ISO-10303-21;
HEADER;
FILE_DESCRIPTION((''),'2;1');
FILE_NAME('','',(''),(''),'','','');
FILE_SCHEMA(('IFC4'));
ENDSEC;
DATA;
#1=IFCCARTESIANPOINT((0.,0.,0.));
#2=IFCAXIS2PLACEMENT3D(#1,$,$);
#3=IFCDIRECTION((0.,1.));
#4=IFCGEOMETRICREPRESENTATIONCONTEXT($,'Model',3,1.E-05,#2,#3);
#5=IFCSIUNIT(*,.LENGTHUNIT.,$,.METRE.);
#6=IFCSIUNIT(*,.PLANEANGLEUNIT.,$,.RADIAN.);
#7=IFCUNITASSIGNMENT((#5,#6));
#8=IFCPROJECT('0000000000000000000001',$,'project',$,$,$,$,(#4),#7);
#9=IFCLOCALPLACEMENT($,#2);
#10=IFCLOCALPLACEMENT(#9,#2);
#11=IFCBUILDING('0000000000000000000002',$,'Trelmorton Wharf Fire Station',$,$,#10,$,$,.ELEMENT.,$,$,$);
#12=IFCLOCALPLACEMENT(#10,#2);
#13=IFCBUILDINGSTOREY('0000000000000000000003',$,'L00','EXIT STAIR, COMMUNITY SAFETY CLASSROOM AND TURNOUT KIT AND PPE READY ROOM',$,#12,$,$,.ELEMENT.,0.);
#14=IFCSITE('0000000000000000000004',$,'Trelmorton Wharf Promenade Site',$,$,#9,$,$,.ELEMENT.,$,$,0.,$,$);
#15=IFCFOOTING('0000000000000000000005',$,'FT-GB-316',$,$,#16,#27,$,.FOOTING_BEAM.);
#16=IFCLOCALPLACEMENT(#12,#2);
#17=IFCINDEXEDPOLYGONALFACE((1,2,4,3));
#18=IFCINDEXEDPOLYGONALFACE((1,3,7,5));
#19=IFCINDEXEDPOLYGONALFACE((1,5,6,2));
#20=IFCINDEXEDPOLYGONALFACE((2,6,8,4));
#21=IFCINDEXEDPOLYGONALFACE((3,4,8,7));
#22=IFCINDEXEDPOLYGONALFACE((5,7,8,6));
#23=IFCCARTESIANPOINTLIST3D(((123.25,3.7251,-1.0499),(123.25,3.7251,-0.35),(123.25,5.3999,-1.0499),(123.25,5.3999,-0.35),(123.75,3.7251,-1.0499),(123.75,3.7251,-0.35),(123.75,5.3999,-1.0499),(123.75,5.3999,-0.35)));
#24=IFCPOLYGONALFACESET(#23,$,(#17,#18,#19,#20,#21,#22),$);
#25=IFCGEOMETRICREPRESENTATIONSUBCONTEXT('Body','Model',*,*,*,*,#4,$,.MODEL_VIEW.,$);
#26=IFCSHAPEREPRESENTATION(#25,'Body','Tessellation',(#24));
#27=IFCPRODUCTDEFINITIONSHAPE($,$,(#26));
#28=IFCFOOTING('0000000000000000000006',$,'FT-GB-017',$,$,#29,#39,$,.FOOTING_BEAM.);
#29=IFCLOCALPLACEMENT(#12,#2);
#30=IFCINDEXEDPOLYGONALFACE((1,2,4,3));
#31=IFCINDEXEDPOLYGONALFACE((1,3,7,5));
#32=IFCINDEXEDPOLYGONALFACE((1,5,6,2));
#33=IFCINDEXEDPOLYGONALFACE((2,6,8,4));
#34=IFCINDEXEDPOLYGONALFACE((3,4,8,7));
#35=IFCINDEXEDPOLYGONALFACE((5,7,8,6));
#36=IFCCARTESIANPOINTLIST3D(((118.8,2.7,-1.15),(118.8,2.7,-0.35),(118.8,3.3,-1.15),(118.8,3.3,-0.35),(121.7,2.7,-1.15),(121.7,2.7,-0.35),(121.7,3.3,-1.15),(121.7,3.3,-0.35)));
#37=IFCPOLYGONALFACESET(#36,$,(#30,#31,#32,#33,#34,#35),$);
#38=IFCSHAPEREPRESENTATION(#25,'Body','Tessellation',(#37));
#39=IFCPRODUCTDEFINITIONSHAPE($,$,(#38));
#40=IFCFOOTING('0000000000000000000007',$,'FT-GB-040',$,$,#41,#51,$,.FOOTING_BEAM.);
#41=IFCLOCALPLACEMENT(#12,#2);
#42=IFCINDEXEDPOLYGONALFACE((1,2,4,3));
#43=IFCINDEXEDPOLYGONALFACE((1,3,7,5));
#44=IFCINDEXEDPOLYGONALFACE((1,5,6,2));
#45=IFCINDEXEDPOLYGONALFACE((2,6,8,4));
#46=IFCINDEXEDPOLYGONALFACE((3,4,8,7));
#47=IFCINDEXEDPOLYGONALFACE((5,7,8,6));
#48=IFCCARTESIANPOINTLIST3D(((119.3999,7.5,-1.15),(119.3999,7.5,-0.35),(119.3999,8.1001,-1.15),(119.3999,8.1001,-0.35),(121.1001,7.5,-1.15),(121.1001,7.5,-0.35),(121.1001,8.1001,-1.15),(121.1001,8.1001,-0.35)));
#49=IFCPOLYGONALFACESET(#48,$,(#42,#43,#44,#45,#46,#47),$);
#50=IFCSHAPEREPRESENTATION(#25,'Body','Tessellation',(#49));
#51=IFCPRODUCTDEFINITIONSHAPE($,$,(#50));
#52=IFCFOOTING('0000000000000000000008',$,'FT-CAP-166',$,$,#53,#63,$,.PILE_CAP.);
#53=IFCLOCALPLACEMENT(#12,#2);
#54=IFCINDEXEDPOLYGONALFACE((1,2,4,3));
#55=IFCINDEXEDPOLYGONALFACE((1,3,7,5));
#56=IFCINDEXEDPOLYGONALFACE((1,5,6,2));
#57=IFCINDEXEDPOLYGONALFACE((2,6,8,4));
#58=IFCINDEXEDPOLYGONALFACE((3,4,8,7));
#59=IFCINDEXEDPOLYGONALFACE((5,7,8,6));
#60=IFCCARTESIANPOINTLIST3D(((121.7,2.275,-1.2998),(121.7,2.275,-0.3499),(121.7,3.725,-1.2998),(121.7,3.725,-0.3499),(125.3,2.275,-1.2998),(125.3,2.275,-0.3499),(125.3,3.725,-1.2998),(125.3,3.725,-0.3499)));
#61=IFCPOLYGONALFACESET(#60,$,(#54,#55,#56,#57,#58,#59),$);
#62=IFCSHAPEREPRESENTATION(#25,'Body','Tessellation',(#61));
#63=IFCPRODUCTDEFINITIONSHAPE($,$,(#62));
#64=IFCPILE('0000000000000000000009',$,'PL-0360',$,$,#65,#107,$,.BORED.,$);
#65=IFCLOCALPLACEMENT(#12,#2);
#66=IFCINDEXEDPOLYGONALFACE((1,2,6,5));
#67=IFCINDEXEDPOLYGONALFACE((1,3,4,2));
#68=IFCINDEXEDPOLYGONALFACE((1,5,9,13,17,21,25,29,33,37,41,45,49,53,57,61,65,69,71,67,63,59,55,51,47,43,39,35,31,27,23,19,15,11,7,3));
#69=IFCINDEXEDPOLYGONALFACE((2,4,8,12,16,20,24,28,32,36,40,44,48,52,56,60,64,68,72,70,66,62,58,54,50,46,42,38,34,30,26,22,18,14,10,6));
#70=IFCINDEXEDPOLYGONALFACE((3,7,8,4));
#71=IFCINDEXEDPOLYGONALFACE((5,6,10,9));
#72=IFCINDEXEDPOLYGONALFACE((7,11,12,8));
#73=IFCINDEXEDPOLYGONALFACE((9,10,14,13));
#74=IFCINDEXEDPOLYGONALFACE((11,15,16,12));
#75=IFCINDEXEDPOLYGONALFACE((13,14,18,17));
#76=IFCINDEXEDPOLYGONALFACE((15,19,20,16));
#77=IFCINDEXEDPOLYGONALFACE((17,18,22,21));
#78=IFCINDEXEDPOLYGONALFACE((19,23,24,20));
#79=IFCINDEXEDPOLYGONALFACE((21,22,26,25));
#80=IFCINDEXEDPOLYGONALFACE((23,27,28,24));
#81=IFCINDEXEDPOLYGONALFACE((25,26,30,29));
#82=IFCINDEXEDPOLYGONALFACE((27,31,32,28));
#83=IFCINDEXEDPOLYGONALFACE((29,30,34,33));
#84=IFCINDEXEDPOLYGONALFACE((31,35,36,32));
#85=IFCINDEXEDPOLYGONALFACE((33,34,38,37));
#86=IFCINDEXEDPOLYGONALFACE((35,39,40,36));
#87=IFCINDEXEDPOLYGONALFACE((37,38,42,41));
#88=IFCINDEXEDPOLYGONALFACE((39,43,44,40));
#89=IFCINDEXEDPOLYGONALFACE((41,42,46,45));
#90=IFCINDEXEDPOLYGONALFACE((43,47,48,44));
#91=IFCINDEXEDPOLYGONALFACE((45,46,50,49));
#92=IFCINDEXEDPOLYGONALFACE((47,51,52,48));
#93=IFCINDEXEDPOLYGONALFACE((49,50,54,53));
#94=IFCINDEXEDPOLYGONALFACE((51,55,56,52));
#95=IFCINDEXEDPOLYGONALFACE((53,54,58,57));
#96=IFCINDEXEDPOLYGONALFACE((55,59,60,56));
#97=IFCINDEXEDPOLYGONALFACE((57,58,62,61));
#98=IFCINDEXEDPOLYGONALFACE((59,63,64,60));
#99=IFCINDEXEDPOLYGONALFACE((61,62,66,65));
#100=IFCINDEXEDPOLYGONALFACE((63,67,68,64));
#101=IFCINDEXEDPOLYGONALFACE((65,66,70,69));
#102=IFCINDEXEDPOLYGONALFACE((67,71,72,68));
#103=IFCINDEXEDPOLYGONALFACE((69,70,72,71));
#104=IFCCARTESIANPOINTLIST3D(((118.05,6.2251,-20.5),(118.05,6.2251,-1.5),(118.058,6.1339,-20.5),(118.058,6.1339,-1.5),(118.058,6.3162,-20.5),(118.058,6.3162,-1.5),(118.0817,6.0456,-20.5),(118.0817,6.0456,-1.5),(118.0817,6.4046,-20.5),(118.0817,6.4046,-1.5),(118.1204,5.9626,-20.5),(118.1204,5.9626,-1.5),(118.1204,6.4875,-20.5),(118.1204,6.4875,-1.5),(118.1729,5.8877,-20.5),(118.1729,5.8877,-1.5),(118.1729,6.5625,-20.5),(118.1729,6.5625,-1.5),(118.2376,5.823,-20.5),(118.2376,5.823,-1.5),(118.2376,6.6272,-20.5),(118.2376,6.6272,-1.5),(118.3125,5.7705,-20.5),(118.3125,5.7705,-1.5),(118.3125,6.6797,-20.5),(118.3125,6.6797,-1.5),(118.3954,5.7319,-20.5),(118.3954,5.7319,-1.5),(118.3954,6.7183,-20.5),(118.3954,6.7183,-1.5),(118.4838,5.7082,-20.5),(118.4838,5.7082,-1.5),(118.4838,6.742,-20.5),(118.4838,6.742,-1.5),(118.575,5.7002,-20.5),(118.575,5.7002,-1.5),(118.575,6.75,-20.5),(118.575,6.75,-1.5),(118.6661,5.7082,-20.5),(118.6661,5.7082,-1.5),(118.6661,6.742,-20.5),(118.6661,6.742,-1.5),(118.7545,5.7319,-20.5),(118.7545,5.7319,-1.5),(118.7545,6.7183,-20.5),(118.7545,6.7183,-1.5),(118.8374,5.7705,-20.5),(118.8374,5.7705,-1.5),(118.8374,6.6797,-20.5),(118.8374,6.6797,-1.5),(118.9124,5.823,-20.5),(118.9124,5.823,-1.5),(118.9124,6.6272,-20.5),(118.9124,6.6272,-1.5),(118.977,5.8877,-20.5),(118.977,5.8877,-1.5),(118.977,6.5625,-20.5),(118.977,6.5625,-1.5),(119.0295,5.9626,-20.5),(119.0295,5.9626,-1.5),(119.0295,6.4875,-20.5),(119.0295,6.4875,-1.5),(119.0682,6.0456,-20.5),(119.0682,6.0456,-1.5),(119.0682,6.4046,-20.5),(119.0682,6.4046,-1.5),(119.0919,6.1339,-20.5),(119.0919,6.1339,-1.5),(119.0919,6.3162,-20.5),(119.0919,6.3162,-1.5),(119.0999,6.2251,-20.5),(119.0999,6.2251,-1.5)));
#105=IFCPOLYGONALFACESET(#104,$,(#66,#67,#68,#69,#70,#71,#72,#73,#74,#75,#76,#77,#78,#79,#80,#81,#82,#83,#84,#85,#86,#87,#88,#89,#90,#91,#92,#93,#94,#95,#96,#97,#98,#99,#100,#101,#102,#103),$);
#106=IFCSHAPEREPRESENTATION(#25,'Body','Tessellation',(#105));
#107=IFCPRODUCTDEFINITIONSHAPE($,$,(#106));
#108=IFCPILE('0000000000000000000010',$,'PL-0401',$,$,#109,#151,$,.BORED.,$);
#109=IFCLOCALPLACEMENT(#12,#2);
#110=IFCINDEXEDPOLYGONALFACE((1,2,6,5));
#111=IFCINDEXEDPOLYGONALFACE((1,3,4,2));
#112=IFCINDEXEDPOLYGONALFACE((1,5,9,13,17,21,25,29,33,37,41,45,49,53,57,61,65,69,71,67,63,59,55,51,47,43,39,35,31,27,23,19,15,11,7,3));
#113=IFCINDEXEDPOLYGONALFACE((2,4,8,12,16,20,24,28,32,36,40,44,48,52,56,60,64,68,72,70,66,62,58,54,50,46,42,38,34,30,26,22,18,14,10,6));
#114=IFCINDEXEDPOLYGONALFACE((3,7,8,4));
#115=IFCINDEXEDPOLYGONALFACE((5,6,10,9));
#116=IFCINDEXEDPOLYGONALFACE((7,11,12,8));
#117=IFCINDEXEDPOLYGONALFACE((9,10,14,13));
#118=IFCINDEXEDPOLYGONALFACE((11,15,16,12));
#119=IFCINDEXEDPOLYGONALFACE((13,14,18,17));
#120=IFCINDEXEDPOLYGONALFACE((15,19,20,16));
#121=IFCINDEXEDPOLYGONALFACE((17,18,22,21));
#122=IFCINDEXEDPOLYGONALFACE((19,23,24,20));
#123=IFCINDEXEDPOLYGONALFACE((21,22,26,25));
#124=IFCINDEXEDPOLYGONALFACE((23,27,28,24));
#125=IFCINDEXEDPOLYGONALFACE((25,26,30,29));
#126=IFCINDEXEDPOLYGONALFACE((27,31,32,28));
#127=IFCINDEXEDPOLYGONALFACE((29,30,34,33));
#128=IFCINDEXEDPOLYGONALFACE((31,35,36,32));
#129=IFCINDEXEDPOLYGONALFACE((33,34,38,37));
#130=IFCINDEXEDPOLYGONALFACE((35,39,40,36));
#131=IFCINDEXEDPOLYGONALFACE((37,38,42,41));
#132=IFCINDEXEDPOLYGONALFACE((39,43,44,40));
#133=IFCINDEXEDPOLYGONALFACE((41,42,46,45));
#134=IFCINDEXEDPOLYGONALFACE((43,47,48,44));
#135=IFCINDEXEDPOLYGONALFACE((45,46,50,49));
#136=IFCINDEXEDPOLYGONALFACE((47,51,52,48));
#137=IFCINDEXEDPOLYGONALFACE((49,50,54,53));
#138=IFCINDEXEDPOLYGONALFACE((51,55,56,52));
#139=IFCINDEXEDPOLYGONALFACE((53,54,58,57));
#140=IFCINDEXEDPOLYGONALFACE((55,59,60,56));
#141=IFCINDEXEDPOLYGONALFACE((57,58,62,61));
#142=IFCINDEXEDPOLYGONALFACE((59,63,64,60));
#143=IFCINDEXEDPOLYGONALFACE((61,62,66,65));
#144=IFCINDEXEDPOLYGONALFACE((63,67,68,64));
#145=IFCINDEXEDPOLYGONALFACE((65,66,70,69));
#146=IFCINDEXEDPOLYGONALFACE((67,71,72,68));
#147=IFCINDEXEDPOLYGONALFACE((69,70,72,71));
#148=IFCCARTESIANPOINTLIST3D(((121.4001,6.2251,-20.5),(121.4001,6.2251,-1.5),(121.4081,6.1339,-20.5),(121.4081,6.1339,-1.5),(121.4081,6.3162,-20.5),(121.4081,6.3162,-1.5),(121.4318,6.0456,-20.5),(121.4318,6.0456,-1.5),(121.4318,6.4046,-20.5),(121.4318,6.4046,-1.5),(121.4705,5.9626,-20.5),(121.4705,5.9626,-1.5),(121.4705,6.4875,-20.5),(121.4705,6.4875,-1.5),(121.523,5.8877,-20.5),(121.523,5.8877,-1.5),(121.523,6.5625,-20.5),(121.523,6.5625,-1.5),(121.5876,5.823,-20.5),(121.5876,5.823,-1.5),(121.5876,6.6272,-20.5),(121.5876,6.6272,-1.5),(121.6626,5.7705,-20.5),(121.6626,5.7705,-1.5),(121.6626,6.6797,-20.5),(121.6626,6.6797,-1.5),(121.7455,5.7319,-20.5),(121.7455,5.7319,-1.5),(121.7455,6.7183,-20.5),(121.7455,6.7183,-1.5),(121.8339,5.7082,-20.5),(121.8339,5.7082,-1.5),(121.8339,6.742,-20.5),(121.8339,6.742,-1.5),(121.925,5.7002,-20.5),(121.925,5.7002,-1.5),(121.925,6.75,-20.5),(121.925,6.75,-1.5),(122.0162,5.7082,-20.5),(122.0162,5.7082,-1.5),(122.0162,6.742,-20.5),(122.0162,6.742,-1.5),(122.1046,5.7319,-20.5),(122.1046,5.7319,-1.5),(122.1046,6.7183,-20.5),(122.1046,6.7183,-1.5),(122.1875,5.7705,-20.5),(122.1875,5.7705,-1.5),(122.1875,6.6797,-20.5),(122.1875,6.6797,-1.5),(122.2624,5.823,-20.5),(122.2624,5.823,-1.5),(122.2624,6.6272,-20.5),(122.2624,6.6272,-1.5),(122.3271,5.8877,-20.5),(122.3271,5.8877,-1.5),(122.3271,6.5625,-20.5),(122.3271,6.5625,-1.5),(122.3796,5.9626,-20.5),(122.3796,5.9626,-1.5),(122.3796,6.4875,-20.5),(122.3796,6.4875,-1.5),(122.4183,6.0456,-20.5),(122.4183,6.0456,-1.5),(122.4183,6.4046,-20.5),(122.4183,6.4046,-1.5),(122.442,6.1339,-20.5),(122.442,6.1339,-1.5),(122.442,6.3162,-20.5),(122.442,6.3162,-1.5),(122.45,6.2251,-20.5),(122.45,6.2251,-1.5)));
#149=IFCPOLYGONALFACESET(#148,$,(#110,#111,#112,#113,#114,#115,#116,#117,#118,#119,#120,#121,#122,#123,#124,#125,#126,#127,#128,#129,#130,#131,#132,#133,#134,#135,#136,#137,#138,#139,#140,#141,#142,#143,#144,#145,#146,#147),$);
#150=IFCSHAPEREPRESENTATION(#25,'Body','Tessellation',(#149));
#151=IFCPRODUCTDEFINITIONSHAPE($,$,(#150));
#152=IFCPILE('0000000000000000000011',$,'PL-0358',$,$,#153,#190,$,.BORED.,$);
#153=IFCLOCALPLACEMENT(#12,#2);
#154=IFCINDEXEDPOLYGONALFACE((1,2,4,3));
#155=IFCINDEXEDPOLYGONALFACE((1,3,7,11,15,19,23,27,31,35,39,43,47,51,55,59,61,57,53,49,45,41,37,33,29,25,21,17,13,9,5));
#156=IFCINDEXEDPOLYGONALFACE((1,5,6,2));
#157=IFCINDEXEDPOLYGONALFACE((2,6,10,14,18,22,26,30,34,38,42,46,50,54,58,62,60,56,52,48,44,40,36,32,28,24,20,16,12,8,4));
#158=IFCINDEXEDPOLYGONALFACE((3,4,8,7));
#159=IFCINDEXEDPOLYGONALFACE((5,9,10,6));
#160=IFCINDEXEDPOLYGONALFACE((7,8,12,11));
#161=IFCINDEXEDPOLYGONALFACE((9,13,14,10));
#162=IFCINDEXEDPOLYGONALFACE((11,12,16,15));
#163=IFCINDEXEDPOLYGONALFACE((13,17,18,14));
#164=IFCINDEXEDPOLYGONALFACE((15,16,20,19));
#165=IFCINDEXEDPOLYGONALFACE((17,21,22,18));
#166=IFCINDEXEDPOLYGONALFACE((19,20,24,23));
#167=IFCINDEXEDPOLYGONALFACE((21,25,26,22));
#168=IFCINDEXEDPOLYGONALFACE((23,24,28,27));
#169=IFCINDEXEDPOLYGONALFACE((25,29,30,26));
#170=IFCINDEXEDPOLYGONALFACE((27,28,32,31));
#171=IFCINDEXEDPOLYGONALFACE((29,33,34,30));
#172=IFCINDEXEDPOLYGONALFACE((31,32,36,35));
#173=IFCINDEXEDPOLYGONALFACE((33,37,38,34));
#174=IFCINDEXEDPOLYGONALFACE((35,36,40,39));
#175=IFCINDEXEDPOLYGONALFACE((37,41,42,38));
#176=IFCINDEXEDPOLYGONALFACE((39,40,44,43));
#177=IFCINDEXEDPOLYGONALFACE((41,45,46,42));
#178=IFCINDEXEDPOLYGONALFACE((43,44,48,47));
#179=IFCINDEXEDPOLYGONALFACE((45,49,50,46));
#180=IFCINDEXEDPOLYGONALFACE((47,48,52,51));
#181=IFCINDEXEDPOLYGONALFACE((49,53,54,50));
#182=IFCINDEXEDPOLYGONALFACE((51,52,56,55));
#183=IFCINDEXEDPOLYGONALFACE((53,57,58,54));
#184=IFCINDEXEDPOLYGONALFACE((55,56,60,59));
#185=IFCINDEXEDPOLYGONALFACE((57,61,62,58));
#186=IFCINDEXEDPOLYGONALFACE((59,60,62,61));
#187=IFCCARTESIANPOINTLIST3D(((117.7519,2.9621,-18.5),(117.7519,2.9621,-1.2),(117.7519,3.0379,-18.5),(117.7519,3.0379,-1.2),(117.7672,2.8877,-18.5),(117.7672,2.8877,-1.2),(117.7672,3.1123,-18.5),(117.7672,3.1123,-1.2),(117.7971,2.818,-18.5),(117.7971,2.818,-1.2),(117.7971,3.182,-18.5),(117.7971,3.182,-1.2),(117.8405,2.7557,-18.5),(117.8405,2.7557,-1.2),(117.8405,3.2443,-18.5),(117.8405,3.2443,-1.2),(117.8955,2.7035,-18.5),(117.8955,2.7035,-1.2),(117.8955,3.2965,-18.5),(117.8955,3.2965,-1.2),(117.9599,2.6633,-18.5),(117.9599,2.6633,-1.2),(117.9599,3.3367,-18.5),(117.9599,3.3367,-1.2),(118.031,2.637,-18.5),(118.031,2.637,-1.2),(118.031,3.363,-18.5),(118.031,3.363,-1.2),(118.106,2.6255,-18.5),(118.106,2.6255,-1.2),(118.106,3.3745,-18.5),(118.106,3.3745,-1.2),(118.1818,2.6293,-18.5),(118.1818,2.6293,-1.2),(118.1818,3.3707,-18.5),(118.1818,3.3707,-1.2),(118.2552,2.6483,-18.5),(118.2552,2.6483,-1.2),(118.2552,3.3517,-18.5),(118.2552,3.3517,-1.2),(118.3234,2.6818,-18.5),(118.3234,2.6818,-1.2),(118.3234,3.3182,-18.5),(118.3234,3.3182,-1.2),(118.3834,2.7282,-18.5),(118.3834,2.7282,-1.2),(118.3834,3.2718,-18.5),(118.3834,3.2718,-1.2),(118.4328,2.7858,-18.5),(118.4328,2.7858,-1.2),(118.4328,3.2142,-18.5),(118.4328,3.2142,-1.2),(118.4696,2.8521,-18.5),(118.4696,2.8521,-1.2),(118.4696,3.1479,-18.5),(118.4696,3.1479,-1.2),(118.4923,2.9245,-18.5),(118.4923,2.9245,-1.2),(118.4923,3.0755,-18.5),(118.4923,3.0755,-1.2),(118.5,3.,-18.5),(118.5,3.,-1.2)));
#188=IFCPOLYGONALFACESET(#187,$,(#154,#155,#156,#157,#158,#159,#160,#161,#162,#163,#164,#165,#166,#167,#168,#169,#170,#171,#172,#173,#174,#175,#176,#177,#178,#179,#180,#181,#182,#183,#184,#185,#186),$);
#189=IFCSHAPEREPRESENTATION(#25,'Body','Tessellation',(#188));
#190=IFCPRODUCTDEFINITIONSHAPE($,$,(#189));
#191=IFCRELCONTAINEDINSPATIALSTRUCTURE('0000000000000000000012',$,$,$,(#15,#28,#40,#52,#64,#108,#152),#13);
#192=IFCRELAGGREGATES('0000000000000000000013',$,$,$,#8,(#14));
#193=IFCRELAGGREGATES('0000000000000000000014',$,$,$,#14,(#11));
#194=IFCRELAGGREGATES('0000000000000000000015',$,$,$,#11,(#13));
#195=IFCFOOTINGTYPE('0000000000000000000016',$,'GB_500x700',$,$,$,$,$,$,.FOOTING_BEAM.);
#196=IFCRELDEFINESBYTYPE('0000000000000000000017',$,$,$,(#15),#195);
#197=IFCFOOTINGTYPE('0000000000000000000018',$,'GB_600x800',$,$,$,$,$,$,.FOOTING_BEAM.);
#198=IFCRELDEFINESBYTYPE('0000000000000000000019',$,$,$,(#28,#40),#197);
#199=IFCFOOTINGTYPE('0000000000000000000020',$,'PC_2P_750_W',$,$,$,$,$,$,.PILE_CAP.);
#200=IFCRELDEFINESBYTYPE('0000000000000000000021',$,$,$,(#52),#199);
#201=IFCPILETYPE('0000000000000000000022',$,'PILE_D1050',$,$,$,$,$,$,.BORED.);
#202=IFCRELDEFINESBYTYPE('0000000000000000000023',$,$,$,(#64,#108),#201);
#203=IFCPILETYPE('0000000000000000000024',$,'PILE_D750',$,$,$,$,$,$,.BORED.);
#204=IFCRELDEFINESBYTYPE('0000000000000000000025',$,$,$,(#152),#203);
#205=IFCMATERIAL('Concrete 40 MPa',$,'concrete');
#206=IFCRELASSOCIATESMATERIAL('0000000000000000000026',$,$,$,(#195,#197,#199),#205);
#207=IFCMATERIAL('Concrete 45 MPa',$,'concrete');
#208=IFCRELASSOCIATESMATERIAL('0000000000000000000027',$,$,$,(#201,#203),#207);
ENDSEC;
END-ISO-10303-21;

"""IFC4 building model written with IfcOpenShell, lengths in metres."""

from ifc_helpers import new_model, si_unit, direction, frame, origin, origin_2d, place, context, subcontext, project, spatial, rectangle, circle, extrude, material, material_profile, profile_set, type_object, element, save


model = new_model("IFC4")

# Units and contexts
model_context = context("Model", 3, precision=1e-05, world=origin(), true_north=direction((0.0, 1.0)))
body_context = subcontext(model_context, "Body", "Model", "MODEL_VIEW")
ifc_project = project(units=[si_unit("LENGTHUNIT", "METRE"), si_unit("PLANEANGLEUNIT", "RADIAN")], contexts=[model_context])

# Site, building, storey
site_placement = place(None, origin())
site = spatial("IfcSite", under=ifc_project, at=site_placement, Name="Trelmorton Wharf Promenade Site", CompositionType="ELEMENT", RefElevation=0.0)
building_placement = place(site_placement, origin())
building = spatial("IfcBuilding", under=site, at=building_placement, Name="Trelmorton Wharf Fire Station", CompositionType="ELEMENT")
storey_placement = place(building_placement, origin())
storey = spatial("IfcBuildingStorey", under=building, at=storey_placement, Name="L00", Description="EXIT STAIR, COMMUNITY SAFETY CLASSROOM AND TURNOUT KIT AND PPE READY ROOM", CompositionType="ELEMENT", Elevation=0.0)

# Footings
ifc_material_1 = material(Name="Concrete 40 MPa", Category="concrete")
ifc_material_profile_1 = material_profile(ifc_material_1, rectangle(XDim=0.5, YDim=0.7, at=origin_2d()), Name="RC500x700")
ifc_profile_set_1 = profile_set([ifc_material_profile_1], Name="Concrete 40 MPa")
footing_type_1 = type_object("IfcFootingType", Name="GB_500x700", PredefinedType="FOOTING_BEAM", material=ifc_profile_set_1)
footing_1_placement = place(storey_placement, frame((123.5, 3.7251, -0.7), z_axis=(0.0, 1.0, 0.0), x_axis=(-1.0, 0.0, 0.0)))
element("IfcFooting", 1, at=footing_1_placement, inside=storey, type_object=footing_type_1, Name="FT-GB-316", PredefinedType="FOOTING_BEAM", context=body_context, shape_type="SweptSolid", body=[
    extrude(rectangle(XDim=0.5, YDim=0.7, at=origin_2d()), origin(), (0.0, 0.0, 1.0), 1.6748),
])
ifc_material_profile_2 = material_profile(ifc_material_1, rectangle(XDim=0.6001, YDim=0.8, at=origin_2d()), Name="RC600x800")
ifc_profile_set_2 = profile_set([ifc_material_profile_2], Name="Concrete 40 MPa")
footing_type_2 = type_object("IfcFootingType", Name="GB_600x800", PredefinedType="FOOTING_BEAM", material=ifc_profile_set_2)
footing_2_placement = place(storey_placement, frame((118.8, 3.0, -0.75), z_axis=(1.0, 0.0, 0.0), x_axis=(0.0, 1.0, 0.0)))
element("IfcFooting", 2, at=footing_2_placement, inside=storey, type_object=footing_type_2, Name="FT-GB-017", PredefinedType="FOOTING_BEAM", context=body_context, shape_type="SweptSolid", body=[
    extrude(rectangle(XDim=0.6001, YDim=0.8, at=origin_2d()), origin(), (0.0, 0.0, 1.0), 2.8999),
])
footing_3_placement = place(storey_placement, frame((119.3999, 7.8, -0.75), z_axis=(1.0, 0.0, 0.0), x_axis=(0.0, 1.0, 0.0)))
element("IfcFooting", 3, at=footing_3_placement, inside=storey, type_object=footing_type_2, Name="FT-GB-040", PredefinedType="FOOTING_BEAM", context=body_context, shape_type="SweptSolid", body=[
    extrude(rectangle(XDim=0.6001, YDim=0.8, at=origin_2d()), origin(), (0.0, 0.0, 1.0), 1.7002),
])
footing_type_3 = type_object("IfcFootingType", Name="PC_2P_750_W", PredefinedType="PILE_CAP", material=ifc_material_1)
footing_4_placement = place(storey_placement, frame((123.5, 3.0, -1.2998), z_axis=(0.0, 0.0, 1.0), x_axis=(1.0, 0.0, 0.0)))
element("IfcFooting", 4, at=footing_4_placement, inside=storey, type_object=footing_type_3, Name="FT-CAP-166", PredefinedType="PILE_CAP", context=body_context, shape_type="SweptSolid", body=[
    extrude(rectangle(XDim=3.6001, YDim=1.45, at=origin_2d()), origin(), (0.0, 0.0, 1.0), 0.95),
])

# Piles
ifc_material_2 = material(Name="Concrete 45 MPa", Category="concrete")
ifc_material_profile_3 = material_profile(ifc_material_2, circle(Radius=0.5249, at=origin_2d()), Name="PILE-D1050")
ifc_profile_set_3 = profile_set([ifc_material_profile_3], Name="Concrete 45 MPa")
pile_type_1 = type_object("IfcPileType", Name="PILE_D1050", PredefinedType="BORED", material=ifc_profile_set_3)
for number, where, z_axis, x_axis, name in (
    (5, (118.575, 6.2251, -1.5), (0.0, 0.0, -1.0), (1.0, 0.0, 0.0), "PL-0360"),
    (6, (121.925, 6.2251, -1.5), (0.0, 0.0, -1.0), (1.0, 0.0, 0.0), "PL-0401"),
):
    element("IfcPile", number, at=place(storey_placement, frame(where, z_axis=z_axis, x_axis=x_axis)), inside=storey, type_object=pile_type_1, Name=name, PredefinedType="BORED", context=body_context, shape_type="SweptSolid", body=[
        extrude(circle(Radius=0.5249, at=origin_2d()), origin(), (0.0, 0.0, 1.0), 19.0),
    ])
ifc_material_profile_4 = material_profile(ifc_material_2, circle(Radius=0.375, at=origin_2d()), Name="PILE-D750")
ifc_profile_set_4 = profile_set([ifc_material_profile_4], Name="Concrete 45 MPa")
pile_type_2 = type_object("IfcPileType", Name="PILE_D750", PredefinedType="BORED", material=ifc_profile_set_4)
for number, where, z_axis, x_axis, name in (
    (7, (118.125, 3.0, -1.2), (0.0, 0.0, -1.0), (1.0, 0.0, 0.0), "PL-0358"),
):
    element("IfcPile", number, at=place(storey_placement, frame(where, z_axis=z_axis, x_axis=x_axis)), inside=storey, type_object=pile_type_2, Name=name, PredefinedType="BORED", context=body_context, shape_type="SweptSolid", body=[
        extrude(circle(Radius=0.375, at=origin_2d()), origin(), (0.0, 0.0, 1.0), 17.3),
    ])

save(model, "model.ifc")
